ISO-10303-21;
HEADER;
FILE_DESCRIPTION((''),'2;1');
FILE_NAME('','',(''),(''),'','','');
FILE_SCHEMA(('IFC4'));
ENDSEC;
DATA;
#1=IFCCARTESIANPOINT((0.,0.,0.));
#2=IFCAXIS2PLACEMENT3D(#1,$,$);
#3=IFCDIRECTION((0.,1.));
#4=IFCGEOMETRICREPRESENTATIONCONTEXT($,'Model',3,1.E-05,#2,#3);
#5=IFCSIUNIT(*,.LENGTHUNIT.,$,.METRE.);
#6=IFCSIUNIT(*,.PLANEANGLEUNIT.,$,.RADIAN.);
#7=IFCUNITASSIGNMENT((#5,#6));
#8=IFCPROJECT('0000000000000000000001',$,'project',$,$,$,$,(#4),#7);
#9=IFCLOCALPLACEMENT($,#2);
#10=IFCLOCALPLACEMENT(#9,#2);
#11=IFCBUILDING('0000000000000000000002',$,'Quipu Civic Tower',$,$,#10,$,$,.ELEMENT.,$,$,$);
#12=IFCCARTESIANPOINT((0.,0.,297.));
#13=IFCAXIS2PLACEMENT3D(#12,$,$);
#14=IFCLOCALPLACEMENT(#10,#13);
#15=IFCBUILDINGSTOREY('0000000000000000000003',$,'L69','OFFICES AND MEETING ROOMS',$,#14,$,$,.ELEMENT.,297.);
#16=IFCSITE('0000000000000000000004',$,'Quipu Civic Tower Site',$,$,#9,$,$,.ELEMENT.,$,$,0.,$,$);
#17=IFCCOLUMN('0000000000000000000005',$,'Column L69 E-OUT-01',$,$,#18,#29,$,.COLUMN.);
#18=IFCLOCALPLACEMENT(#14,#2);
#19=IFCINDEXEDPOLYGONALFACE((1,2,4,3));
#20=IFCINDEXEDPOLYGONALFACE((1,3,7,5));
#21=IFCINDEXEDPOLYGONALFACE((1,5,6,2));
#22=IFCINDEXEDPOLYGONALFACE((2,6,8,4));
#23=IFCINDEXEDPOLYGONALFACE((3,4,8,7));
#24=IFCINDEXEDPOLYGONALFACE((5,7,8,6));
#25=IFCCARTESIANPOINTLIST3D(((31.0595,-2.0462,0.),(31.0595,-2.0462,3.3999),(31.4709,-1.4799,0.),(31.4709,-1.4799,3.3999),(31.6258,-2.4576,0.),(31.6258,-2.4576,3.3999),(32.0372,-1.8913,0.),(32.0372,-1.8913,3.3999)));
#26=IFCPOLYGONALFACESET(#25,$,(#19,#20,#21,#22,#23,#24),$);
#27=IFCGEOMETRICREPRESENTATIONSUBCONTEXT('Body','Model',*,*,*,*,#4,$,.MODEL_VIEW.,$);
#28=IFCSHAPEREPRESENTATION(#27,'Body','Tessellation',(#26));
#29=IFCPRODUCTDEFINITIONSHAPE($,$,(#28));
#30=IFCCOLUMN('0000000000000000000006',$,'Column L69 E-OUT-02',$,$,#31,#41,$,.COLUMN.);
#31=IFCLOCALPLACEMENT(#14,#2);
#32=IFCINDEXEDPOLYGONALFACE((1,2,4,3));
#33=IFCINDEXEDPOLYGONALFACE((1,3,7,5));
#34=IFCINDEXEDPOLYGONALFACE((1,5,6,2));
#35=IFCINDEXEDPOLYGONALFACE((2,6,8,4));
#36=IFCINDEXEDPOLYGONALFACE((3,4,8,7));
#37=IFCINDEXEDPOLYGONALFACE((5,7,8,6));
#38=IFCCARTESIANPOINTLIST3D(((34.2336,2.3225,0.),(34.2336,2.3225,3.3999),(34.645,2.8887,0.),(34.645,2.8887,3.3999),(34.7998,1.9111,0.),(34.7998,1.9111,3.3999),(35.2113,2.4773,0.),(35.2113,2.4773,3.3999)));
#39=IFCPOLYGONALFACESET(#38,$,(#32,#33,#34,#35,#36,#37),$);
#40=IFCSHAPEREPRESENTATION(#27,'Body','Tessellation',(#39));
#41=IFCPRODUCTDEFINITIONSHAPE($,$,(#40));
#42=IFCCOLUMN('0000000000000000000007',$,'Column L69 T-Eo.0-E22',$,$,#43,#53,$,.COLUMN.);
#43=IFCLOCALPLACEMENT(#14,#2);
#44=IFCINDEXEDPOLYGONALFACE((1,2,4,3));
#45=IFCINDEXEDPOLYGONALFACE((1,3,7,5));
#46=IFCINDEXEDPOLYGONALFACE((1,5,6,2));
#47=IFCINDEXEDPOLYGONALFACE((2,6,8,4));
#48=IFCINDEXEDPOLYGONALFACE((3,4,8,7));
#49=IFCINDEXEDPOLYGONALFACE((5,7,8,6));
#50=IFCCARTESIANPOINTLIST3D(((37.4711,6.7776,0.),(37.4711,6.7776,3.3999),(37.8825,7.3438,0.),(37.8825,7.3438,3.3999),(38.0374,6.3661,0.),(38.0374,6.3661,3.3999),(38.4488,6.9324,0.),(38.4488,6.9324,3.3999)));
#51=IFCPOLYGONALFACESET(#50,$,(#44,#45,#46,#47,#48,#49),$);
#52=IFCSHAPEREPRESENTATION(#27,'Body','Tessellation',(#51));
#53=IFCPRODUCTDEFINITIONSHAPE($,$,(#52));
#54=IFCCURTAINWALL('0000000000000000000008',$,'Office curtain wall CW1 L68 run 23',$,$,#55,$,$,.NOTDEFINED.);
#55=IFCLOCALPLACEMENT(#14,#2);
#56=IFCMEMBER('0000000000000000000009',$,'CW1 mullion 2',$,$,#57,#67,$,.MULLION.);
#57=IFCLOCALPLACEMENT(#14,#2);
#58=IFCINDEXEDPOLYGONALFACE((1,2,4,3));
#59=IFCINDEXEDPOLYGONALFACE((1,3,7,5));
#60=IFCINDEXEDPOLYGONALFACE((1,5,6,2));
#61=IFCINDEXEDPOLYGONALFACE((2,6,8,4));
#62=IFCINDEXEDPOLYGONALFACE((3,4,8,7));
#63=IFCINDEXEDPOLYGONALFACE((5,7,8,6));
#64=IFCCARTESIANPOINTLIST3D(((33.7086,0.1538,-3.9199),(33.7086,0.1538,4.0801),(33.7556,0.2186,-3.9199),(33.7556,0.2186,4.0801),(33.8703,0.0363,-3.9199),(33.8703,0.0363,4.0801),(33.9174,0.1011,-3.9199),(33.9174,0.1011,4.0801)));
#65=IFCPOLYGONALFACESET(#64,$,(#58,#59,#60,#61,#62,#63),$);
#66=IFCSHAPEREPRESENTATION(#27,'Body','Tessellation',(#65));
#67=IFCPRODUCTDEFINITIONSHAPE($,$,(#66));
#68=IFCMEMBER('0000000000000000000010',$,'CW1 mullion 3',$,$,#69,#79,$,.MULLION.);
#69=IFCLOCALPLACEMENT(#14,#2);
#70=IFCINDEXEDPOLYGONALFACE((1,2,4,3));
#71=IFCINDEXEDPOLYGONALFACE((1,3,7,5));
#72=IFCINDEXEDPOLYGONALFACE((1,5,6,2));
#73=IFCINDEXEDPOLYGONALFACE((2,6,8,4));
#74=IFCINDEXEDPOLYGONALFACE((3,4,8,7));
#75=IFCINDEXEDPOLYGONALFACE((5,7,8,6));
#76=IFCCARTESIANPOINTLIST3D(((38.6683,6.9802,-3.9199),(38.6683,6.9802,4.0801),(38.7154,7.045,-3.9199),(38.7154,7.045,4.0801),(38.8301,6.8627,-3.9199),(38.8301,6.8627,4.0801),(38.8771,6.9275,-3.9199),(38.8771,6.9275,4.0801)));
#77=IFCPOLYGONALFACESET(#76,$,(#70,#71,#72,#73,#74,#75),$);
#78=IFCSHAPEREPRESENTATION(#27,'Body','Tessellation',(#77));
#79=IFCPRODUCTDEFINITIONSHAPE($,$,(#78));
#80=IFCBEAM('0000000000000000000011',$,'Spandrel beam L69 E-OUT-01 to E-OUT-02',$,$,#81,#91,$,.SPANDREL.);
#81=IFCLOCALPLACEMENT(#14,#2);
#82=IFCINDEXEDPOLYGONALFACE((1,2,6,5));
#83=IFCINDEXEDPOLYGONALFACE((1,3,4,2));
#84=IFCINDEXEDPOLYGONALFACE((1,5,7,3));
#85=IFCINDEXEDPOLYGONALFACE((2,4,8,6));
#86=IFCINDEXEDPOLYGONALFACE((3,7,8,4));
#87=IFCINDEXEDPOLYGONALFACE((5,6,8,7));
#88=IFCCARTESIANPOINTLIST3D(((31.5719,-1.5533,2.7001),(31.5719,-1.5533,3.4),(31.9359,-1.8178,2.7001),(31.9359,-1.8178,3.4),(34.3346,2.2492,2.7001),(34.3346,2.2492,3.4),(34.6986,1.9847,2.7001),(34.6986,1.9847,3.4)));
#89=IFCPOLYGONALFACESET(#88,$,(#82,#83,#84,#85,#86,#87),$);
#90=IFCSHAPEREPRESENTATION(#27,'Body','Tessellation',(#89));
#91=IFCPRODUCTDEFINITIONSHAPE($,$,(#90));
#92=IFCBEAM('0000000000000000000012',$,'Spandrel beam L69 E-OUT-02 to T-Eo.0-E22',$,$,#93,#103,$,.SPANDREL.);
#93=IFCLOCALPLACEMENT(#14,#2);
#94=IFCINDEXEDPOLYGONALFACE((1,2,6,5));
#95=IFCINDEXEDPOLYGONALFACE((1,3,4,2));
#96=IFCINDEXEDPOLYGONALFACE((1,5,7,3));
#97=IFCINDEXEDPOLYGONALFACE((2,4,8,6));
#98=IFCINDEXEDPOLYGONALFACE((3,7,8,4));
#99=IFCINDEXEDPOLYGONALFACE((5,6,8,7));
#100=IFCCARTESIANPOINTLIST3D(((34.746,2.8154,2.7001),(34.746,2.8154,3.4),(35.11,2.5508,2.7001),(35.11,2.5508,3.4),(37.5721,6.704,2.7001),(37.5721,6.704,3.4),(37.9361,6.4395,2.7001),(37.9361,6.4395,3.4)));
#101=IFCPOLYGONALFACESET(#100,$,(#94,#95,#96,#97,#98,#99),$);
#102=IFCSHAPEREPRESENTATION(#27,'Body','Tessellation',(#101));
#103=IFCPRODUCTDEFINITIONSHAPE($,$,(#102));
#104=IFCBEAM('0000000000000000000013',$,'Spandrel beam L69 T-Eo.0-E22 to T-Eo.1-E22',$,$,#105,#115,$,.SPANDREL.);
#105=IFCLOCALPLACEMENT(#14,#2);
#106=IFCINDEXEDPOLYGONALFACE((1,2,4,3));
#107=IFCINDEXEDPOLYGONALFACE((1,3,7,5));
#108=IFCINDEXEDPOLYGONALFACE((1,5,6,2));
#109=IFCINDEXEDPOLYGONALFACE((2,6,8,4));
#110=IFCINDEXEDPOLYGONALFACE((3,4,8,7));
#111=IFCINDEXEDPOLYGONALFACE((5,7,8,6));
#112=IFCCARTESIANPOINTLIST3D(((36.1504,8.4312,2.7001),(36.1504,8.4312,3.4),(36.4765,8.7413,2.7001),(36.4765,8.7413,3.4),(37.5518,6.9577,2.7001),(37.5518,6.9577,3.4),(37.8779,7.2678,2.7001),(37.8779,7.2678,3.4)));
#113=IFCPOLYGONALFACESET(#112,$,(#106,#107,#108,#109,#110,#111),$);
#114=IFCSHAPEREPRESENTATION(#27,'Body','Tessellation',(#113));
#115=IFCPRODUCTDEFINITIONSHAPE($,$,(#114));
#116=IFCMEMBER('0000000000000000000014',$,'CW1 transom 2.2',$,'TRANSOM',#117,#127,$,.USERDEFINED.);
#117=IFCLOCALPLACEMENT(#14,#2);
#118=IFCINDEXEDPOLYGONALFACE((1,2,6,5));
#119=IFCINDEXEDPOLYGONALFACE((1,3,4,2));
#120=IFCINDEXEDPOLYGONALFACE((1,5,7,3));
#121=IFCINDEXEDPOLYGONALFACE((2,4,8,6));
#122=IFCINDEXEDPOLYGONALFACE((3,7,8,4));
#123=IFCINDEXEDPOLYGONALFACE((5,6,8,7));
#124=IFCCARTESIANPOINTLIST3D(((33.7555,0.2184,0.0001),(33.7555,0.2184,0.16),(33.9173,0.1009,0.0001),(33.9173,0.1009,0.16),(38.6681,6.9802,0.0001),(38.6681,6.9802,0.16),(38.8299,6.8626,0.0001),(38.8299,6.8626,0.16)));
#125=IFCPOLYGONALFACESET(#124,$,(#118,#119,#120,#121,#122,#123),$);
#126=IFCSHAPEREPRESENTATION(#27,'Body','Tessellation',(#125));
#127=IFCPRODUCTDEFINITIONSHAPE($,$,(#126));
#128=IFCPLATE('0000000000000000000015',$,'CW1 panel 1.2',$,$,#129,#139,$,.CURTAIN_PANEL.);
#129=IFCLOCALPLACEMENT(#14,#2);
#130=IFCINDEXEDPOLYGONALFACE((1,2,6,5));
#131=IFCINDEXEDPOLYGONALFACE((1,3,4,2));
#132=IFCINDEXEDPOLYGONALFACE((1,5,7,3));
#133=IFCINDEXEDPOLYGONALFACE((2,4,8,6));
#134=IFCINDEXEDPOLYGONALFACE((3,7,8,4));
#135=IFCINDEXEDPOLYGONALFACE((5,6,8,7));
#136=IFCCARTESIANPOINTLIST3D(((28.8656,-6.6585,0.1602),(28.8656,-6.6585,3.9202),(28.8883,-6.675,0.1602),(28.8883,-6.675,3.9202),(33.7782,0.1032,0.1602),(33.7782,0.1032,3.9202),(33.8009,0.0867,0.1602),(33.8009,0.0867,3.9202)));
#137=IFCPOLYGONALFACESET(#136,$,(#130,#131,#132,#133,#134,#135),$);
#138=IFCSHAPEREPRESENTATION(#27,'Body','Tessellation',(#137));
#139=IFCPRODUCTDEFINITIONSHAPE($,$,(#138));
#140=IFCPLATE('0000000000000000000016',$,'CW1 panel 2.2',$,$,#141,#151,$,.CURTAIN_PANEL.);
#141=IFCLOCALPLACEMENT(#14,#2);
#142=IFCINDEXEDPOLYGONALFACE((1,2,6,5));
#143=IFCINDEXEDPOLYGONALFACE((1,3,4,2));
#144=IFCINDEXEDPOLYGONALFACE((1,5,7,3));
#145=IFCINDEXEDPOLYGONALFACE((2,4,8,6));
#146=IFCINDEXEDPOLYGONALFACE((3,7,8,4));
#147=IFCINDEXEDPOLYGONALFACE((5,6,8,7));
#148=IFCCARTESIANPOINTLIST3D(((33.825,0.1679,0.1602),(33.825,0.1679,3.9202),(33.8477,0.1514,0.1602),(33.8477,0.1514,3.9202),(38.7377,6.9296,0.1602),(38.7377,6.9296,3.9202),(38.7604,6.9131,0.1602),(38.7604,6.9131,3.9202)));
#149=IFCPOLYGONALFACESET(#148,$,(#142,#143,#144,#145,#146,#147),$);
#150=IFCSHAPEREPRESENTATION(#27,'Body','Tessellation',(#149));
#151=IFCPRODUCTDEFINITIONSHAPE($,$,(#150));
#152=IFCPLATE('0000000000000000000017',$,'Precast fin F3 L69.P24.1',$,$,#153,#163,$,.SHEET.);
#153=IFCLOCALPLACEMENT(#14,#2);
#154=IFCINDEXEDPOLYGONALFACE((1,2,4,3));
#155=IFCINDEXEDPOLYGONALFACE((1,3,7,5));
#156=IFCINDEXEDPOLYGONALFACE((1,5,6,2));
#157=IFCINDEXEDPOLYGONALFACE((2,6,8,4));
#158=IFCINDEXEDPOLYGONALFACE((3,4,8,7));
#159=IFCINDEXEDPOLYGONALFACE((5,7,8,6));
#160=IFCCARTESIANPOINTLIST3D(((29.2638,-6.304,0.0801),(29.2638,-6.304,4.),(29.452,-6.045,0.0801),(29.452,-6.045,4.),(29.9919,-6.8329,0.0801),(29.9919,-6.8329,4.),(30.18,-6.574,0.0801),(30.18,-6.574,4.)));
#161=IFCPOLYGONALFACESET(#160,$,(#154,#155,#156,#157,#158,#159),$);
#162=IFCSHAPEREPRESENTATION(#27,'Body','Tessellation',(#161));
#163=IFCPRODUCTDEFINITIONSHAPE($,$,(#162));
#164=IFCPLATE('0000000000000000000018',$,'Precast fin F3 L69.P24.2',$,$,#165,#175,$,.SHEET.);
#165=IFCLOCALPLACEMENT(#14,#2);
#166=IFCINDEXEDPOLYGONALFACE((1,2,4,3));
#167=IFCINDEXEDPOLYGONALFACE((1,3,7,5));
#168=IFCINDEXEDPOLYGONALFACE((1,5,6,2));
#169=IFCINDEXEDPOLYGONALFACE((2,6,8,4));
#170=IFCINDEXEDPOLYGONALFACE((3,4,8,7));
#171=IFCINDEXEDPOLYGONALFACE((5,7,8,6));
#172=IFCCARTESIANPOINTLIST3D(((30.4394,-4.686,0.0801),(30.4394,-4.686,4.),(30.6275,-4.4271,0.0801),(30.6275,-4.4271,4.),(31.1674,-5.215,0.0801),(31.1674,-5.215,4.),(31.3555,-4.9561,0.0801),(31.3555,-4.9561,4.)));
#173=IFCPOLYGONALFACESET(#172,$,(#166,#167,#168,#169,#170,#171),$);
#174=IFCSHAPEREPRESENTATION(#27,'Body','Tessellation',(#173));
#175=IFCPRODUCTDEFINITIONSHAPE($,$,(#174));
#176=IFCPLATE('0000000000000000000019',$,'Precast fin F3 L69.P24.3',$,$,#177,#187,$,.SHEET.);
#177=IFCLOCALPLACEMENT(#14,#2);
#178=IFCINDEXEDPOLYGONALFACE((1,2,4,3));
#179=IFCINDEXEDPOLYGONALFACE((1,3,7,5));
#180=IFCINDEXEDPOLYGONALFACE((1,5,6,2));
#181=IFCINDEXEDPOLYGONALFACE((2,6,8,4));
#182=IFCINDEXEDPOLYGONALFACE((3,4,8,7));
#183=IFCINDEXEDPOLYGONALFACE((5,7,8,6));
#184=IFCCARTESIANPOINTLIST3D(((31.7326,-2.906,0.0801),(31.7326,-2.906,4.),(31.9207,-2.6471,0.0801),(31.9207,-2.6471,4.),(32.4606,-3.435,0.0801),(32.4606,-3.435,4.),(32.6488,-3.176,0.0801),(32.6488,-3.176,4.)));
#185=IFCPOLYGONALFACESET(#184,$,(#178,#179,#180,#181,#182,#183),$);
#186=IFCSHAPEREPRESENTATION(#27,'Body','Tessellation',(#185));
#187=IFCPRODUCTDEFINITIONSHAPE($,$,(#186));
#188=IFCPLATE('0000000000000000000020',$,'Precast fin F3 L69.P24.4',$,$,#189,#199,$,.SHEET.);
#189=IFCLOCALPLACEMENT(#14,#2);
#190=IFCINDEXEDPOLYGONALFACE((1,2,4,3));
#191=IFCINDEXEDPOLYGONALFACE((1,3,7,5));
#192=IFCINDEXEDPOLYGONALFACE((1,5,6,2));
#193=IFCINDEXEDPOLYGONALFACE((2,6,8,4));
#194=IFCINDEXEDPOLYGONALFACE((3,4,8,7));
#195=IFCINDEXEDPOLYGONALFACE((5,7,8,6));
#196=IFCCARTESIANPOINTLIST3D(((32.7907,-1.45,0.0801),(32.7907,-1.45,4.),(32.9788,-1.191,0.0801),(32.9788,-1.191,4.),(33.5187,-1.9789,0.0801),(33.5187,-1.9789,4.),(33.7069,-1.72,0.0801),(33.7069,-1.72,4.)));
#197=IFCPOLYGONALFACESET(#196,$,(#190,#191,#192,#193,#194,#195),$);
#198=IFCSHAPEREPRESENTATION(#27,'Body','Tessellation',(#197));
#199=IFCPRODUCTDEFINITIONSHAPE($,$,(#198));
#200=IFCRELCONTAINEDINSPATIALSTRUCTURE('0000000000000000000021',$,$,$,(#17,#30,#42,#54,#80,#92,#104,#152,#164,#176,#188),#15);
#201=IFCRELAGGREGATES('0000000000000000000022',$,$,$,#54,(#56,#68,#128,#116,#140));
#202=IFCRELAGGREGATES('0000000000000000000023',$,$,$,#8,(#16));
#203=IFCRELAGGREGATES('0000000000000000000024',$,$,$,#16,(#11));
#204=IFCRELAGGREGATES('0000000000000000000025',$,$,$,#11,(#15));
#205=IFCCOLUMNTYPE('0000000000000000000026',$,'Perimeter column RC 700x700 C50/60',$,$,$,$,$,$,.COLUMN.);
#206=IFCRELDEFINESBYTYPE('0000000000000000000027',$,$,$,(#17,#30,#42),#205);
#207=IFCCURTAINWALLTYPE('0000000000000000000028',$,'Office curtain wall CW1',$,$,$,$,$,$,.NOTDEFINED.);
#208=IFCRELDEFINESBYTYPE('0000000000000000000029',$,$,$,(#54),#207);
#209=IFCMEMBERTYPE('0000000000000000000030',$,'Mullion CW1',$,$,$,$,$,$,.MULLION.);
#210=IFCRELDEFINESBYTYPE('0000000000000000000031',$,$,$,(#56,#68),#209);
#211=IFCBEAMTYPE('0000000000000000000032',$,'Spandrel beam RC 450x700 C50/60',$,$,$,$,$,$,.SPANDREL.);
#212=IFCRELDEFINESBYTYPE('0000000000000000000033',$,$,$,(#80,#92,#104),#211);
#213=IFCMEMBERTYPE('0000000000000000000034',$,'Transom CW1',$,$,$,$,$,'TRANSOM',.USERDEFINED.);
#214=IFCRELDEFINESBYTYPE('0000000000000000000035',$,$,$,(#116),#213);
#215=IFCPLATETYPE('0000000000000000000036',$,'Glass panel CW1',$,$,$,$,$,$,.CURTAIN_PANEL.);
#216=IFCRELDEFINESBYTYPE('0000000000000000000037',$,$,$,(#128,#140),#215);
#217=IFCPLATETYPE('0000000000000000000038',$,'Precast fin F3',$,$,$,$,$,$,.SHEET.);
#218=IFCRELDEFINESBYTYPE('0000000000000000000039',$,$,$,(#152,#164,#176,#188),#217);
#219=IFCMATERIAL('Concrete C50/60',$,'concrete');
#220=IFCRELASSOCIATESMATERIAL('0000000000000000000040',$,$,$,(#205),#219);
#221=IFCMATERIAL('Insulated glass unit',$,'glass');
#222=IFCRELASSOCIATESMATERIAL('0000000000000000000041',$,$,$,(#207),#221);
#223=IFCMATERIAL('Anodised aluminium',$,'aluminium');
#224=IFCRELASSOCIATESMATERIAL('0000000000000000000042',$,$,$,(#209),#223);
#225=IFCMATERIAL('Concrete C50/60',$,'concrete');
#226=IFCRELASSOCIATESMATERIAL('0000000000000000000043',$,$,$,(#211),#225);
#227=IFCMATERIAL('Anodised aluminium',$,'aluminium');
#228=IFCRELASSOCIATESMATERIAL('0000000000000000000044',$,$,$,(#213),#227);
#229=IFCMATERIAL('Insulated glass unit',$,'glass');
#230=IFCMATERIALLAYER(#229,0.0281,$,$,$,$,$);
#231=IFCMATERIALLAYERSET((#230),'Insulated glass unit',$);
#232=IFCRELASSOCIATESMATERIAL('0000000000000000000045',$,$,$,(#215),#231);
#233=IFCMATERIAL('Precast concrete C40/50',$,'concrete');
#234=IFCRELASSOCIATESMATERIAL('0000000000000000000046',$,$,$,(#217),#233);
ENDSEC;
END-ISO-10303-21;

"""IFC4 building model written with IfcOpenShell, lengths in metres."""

from ifc_helpers import new_model, si_unit, direction, frame, origin, origin_2d, place, context, subcontext, project, spatial, rectangle, extrude, material, layer, layer_set, material_profile, profile_set, type_object, element, aggregate, save


model = new_model("IFC4")

# Units and contexts
model_context = context("Model", 3, precision=1e-05, world=origin(), true_north=direction((0.0, 1.0)))
body_context = subcontext(model_context, "Body", "Model", "MODEL_VIEW")
ifc_project = project(units=[si_unit("LENGTHUNIT", "METRE"), si_unit("PLANEANGLEUNIT", "RADIAN")], contexts=[model_context])

# Site, building, storey
site_placement = place(None, origin())
site = spatial("IfcSite", under=ifc_project, at=site_placement, Name="Quipu Civic Tower Site", CompositionType="ELEMENT", RefElevation=0.0)
building_placement = place(site_placement, origin())
building = spatial("IfcBuilding", under=site, at=building_placement, Name="Quipu Civic Tower", CompositionType="ELEMENT")
storey_placement = place(building_placement, frame((0.0, 0.0, 297.0)))
storey = spatial("IfcBuildingStorey", under=building, at=storey_placement, Name="L69", Description="OFFICES AND MEETING ROOMS", CompositionType="ELEMENT", Elevation=297.0)

# Columns
ifc_material_1 = material(Name="Concrete C50/60", Category="concrete")
ifc_material_profile_1 = material_profile(ifc_material_1, rectangle(XDim=0.7, YDim=0.7, at=origin_2d()), Name="RC700x700")
ifc_profile_set_1 = profile_set([ifc_material_profile_1], Name="Concrete C50/60")
column_type = type_object("IfcColumnType", Name="Perimeter column RC 700x700 C50/60", PredefinedType="COLUMN", material=ifc_profile_set_1)
for number, where, z_axis, x_axis, name in (
    (1, (31.5483, -1.9688, 0.0), (0.0, 0.0, 1.0), (0.587785, 0.809017, 0.0), "Column L69 E-OUT-01"),
    (2, (34.7224, 2.3999, 0.0), (0.0, 0.0, 1.0), (0.587785, 0.809017, 0.0), "Column L69 E-OUT-02"),
    (3, (37.96, 6.855, 0.0), (0.0, 0.0, 1.0), (0.587785, 0.809017, 0.0), "Column L69 T-Eo.0-E22"),
):
    element("IfcColumn", number, at=place(storey_placement, frame(where, z_axis=z_axis, x_axis=x_axis)), inside=storey, type_object=column_type, Name=name, PredefinedType="COLUMN", context=body_context, shape_type="SweptSolid", body=[
        extrude(rectangle(XDim=0.7, YDim=0.7, at=origin_2d()), origin(), (0.0, 0.0, 1.0), 3.3999),
    ])

# Curtain wall, members
ifc_material_2 = material(Name="Insulated glass unit", Category="glass")
curtain_wall_type = type_object("IfcCurtainWallType", Name="Office curtain wall CW1", PredefinedType="NOTDEFINED", material=ifc_material_2)
curtain_wall_placement = place(storey_placement, origin())
curtain_wall = element("IfcCurtainWall", 4, at=curtain_wall_placement, inside=storey, type_object=curtain_wall_type, Name="Office curtain wall CW1 L68 run 23", PredefinedType="NOTDEFINED")
ifc_material_3 = material(Name="Anodised aluminium", Category="aluminium")
ifc_material_profile_2 = material_profile(ifc_material_3, rectangle(XDim=0.2, YDim=0.0801, at=origin_2d()), Name="RECT 200x80")
ifc_profile_set_2 = profile_set([ifc_material_profile_2], Name="Anodised aluminium")
member_type_1 = type_object("IfcMemberType", Name="Mullion CW1", PredefinedType="MULLION", material=ifc_profile_set_2)
member_1_placement = place(storey_placement, frame((33.813, 0.1274, -3.9199), z_axis=(0.0, 0.0, 1.0), x_axis=(-0.809016, 0.587786, 0.0)))
member_1 = element("IfcMember", 5, at=member_1_placement, type_object=member_type_1, Name="CW1 mullion 2", PredefinedType="MULLION", context=body_context, shape_type="SweptSolid", body=[
    extrude(rectangle(XDim=0.2, YDim=0.0801, at=origin_2d()), origin(), (0.0, 0.0, 1.0), 8.0),
])
member_2_placement = place(storey_placement, frame((38.7727, 6.9539, -3.9199), z_axis=(0.0, 0.0, 1.0), x_axis=(-0.809016, 0.587786, 0.0)))
member_2 = element("IfcMember", 6, at=member_2_placement, type_object=member_type_1, Name="CW1 mullion 3", PredefinedType="MULLION", context=body_context, shape_type="SweptSolid", body=[
    extrude(rectangle(XDim=0.2, YDim=0.0801, at=origin_2d()), origin(), (0.0, 0.0, 1.0), 8.0),
])

# Beams
ifc_material_4 = material(Name="Concrete C50/60", Category="concrete")
ifc_material_profile_3 = material_profile(ifc_material_4, rectangle(XDim=0.45, YDim=0.7, at=origin_2d()), Name="RC450x700")
ifc_profile_set_3 = profile_set([ifc_material_profile_3], Name="Concrete C50/60")
beam_type = type_object("IfcBeamType", Name="Spandrel beam RC 450x700 C50/60", PredefinedType="SPANDREL", material=ifc_profile_set_3)
beam_1_placement = place(storey_placement, frame((31.7539, -1.6855, 3.05), z_axis=(0.587789, 0.809015, 0.0), x_axis=(-0.809015, 0.587789, 0.0)))
element("IfcBeam", 7, at=beam_1_placement, inside=storey, type_object=beam_type, Name="Spandrel beam L69 E-OUT-01 to E-OUT-02", PredefinedType="SPANDREL", context=body_context, shape_type="SweptSolid", body=[
    extrude(rectangle(XDim=0.45, YDim=0.7, at=origin_2d()), origin(), (0.0, 0.0, 1.0), 4.7002),
])
beam_2_placement = place(storey_placement, frame((34.928, 2.6831, 3.05), z_axis=(0.587906, 0.808929, 0.0), x_axis=(-0.808929, 0.587906, 0.0)))
element("IfcBeam", 8, at=beam_2_placement, inside=storey, type_object=beam_type, Name="Spandrel beam L69 E-OUT-02 to T-Eo.0-E22", PredefinedType="SPANDREL", context=body_context, shape_type="SweptSolid", body=[
    extrude(rectangle(XDim=0.45, YDim=0.7, at=origin_2d()), origin(), (0.0, 0.0, 1.0), 4.8071),
])
beam_3_placement = place(storey_placement, frame((37.7148, 7.1128, 3.05), z_axis=(-0.689175, 0.724595, 0.0), x_axis=(-0.724595, -0.689175, 0.0)))
element("IfcBeam", 9, at=beam_3_placement, inside=storey, type_object=beam_type, Name="Spandrel beam L69 T-Eo.0-E22 to T-Eo.1-E22", PredefinedType="SPANDREL", context=body_context, shape_type="SweptSolid", body=[
    extrude(rectangle(XDim=0.45, YDim=0.7, at=origin_2d()), origin(), (0.0, 0.0, 1.0), 2.0334),
])

# Member
ifc_material_5 = material(Name="Anodised aluminium", Category="aluminium")
ifc_material_profile_4 = material_profile(ifc_material_5, rectangle(XDim=0.2, YDim=0.1599, at=origin_2d()), Name="RECT 200x160")
ifc_profile_set_4 = profile_set([ifc_material_profile_4], Name="Anodised aluminium")
member_type_2 = type_object("IfcMemberType", Name="Transom CW1", ElementType="TRANSOM", PredefinedType="USERDEFINED", material=ifc_profile_set_4)
member_3_placement = place(storey_placement, frame((33.8364, 0.1597, 0.0801), z_axis=(0.587779, 0.809021, 0.0), x_axis=(-0.809021, 0.587779, 0.0)))
member_3 = element("IfcMember", 10, at=member_3_placement, type_object=member_type_2, Name="CW1 transom 2.2", ObjectType="TRANSOM", PredefinedType="USERDEFINED", context=body_context, shape_type="SweptSolid", body=[
    extrude(rectangle(XDim=0.2, YDim=0.1599, at=origin_2d()), origin(), (0.0, 0.0, 1.0), 8.3579),
])

# Plates
ifc_material_6 = material(Name="Insulated glass unit", Category="glass")
ifc_layer_1 = layer(ifc_material_6, 0.0281)
ifc_layer_set_1 = layer_set([ifc_layer_1], Name="Insulated glass unit")
plate_type_1 = type_object("IfcPlateType", Name="Glass panel CW1", PredefinedType="CURTAIN_PANEL", material=ifc_layer_set_1)
plate_1_placement = place(storey_placement, frame((31.3333, -3.2859, 0.1602), z_axis=(0.0, 0.0, 1.0), x_axis=(0.587786, 0.809016, 0.0)))
plate_1 = element("IfcPlate", 11, at=plate_1_placement, type_object=plate_type_1, Name="CW1 panel 1.2", PredefinedType="CURTAIN_PANEL", context=body_context, shape_type="SweptSolid", body=[
    extrude(rectangle(XDim=8.3579, YDim=0.0281, at=origin_2d()), origin(), (0.0, 0.0, 1.0), 3.76),
])
plate_2_placement = place(storey_placement, frame((36.2927, 3.5405, 0.1602), z_axis=(0.0, 0.0, 1.0), x_axis=(0.587786, 0.809016, 0.0)))
plate_2 = element("IfcPlate", 12, at=plate_2_placement, type_object=plate_type_1, Name="CW1 panel 2.2", PredefinedType="CURTAIN_PANEL", context=body_context, shape_type="SweptSolid", body=[
    extrude(rectangle(XDim=8.3579, YDim=0.0281, at=origin_2d()), origin(), (0.0, 0.0, 1.0), 3.76),
])
aggregate(curtain_wall, [member_1, member_2, plate_1, member_3, plate_2])

# Plates
ifc_material_7 = material(Name="Precast concrete C40/50", Category="concrete")
plate_type_2 = type_object("IfcPlateType", Name="Precast fin F3", PredefinedType="SHEET", material=ifc_material_7)
for number, where, z_axis, x_axis, name in (
    (13, (29.7219, -6.439, 0.0801), (0.0, 0.0, 1.0), (0.587787, 0.809016, 0.0), "Precast fin F3 L69.P24.1"),
    (14, (30.8975, -4.821, 0.0801), (0.0, 0.0, 1.0), (0.587787, 0.809016, 0.0), "Precast fin F3 L69.P24.2"),
    (15, (32.1907, -3.041, 0.0801), (0.0, 0.0, 1.0), (0.587787, 0.809016, 0.0), "Precast fin F3 L69.P24.3"),
    (16, (33.2488, -1.585, 0.0801), (0.0, 0.0, 1.0), (0.587787, 0.809016, 0.0), "Precast fin F3 L69.P24.4"),
):
    element("IfcPlate", number, at=place(storey_placement, frame(where, z_axis=z_axis, x_axis=x_axis)), inside=storey, type_object=plate_type_2, Name=name, PredefinedType="SHEET", context=body_context, shape_type="SweptSolid", body=[
        extrude(rectangle(XDim=0.3201, YDim=0.8999, at=origin_2d()), origin(), (0.0, 0.0, 1.0), 3.9199),
    ])

save(model, "model.ifc")
